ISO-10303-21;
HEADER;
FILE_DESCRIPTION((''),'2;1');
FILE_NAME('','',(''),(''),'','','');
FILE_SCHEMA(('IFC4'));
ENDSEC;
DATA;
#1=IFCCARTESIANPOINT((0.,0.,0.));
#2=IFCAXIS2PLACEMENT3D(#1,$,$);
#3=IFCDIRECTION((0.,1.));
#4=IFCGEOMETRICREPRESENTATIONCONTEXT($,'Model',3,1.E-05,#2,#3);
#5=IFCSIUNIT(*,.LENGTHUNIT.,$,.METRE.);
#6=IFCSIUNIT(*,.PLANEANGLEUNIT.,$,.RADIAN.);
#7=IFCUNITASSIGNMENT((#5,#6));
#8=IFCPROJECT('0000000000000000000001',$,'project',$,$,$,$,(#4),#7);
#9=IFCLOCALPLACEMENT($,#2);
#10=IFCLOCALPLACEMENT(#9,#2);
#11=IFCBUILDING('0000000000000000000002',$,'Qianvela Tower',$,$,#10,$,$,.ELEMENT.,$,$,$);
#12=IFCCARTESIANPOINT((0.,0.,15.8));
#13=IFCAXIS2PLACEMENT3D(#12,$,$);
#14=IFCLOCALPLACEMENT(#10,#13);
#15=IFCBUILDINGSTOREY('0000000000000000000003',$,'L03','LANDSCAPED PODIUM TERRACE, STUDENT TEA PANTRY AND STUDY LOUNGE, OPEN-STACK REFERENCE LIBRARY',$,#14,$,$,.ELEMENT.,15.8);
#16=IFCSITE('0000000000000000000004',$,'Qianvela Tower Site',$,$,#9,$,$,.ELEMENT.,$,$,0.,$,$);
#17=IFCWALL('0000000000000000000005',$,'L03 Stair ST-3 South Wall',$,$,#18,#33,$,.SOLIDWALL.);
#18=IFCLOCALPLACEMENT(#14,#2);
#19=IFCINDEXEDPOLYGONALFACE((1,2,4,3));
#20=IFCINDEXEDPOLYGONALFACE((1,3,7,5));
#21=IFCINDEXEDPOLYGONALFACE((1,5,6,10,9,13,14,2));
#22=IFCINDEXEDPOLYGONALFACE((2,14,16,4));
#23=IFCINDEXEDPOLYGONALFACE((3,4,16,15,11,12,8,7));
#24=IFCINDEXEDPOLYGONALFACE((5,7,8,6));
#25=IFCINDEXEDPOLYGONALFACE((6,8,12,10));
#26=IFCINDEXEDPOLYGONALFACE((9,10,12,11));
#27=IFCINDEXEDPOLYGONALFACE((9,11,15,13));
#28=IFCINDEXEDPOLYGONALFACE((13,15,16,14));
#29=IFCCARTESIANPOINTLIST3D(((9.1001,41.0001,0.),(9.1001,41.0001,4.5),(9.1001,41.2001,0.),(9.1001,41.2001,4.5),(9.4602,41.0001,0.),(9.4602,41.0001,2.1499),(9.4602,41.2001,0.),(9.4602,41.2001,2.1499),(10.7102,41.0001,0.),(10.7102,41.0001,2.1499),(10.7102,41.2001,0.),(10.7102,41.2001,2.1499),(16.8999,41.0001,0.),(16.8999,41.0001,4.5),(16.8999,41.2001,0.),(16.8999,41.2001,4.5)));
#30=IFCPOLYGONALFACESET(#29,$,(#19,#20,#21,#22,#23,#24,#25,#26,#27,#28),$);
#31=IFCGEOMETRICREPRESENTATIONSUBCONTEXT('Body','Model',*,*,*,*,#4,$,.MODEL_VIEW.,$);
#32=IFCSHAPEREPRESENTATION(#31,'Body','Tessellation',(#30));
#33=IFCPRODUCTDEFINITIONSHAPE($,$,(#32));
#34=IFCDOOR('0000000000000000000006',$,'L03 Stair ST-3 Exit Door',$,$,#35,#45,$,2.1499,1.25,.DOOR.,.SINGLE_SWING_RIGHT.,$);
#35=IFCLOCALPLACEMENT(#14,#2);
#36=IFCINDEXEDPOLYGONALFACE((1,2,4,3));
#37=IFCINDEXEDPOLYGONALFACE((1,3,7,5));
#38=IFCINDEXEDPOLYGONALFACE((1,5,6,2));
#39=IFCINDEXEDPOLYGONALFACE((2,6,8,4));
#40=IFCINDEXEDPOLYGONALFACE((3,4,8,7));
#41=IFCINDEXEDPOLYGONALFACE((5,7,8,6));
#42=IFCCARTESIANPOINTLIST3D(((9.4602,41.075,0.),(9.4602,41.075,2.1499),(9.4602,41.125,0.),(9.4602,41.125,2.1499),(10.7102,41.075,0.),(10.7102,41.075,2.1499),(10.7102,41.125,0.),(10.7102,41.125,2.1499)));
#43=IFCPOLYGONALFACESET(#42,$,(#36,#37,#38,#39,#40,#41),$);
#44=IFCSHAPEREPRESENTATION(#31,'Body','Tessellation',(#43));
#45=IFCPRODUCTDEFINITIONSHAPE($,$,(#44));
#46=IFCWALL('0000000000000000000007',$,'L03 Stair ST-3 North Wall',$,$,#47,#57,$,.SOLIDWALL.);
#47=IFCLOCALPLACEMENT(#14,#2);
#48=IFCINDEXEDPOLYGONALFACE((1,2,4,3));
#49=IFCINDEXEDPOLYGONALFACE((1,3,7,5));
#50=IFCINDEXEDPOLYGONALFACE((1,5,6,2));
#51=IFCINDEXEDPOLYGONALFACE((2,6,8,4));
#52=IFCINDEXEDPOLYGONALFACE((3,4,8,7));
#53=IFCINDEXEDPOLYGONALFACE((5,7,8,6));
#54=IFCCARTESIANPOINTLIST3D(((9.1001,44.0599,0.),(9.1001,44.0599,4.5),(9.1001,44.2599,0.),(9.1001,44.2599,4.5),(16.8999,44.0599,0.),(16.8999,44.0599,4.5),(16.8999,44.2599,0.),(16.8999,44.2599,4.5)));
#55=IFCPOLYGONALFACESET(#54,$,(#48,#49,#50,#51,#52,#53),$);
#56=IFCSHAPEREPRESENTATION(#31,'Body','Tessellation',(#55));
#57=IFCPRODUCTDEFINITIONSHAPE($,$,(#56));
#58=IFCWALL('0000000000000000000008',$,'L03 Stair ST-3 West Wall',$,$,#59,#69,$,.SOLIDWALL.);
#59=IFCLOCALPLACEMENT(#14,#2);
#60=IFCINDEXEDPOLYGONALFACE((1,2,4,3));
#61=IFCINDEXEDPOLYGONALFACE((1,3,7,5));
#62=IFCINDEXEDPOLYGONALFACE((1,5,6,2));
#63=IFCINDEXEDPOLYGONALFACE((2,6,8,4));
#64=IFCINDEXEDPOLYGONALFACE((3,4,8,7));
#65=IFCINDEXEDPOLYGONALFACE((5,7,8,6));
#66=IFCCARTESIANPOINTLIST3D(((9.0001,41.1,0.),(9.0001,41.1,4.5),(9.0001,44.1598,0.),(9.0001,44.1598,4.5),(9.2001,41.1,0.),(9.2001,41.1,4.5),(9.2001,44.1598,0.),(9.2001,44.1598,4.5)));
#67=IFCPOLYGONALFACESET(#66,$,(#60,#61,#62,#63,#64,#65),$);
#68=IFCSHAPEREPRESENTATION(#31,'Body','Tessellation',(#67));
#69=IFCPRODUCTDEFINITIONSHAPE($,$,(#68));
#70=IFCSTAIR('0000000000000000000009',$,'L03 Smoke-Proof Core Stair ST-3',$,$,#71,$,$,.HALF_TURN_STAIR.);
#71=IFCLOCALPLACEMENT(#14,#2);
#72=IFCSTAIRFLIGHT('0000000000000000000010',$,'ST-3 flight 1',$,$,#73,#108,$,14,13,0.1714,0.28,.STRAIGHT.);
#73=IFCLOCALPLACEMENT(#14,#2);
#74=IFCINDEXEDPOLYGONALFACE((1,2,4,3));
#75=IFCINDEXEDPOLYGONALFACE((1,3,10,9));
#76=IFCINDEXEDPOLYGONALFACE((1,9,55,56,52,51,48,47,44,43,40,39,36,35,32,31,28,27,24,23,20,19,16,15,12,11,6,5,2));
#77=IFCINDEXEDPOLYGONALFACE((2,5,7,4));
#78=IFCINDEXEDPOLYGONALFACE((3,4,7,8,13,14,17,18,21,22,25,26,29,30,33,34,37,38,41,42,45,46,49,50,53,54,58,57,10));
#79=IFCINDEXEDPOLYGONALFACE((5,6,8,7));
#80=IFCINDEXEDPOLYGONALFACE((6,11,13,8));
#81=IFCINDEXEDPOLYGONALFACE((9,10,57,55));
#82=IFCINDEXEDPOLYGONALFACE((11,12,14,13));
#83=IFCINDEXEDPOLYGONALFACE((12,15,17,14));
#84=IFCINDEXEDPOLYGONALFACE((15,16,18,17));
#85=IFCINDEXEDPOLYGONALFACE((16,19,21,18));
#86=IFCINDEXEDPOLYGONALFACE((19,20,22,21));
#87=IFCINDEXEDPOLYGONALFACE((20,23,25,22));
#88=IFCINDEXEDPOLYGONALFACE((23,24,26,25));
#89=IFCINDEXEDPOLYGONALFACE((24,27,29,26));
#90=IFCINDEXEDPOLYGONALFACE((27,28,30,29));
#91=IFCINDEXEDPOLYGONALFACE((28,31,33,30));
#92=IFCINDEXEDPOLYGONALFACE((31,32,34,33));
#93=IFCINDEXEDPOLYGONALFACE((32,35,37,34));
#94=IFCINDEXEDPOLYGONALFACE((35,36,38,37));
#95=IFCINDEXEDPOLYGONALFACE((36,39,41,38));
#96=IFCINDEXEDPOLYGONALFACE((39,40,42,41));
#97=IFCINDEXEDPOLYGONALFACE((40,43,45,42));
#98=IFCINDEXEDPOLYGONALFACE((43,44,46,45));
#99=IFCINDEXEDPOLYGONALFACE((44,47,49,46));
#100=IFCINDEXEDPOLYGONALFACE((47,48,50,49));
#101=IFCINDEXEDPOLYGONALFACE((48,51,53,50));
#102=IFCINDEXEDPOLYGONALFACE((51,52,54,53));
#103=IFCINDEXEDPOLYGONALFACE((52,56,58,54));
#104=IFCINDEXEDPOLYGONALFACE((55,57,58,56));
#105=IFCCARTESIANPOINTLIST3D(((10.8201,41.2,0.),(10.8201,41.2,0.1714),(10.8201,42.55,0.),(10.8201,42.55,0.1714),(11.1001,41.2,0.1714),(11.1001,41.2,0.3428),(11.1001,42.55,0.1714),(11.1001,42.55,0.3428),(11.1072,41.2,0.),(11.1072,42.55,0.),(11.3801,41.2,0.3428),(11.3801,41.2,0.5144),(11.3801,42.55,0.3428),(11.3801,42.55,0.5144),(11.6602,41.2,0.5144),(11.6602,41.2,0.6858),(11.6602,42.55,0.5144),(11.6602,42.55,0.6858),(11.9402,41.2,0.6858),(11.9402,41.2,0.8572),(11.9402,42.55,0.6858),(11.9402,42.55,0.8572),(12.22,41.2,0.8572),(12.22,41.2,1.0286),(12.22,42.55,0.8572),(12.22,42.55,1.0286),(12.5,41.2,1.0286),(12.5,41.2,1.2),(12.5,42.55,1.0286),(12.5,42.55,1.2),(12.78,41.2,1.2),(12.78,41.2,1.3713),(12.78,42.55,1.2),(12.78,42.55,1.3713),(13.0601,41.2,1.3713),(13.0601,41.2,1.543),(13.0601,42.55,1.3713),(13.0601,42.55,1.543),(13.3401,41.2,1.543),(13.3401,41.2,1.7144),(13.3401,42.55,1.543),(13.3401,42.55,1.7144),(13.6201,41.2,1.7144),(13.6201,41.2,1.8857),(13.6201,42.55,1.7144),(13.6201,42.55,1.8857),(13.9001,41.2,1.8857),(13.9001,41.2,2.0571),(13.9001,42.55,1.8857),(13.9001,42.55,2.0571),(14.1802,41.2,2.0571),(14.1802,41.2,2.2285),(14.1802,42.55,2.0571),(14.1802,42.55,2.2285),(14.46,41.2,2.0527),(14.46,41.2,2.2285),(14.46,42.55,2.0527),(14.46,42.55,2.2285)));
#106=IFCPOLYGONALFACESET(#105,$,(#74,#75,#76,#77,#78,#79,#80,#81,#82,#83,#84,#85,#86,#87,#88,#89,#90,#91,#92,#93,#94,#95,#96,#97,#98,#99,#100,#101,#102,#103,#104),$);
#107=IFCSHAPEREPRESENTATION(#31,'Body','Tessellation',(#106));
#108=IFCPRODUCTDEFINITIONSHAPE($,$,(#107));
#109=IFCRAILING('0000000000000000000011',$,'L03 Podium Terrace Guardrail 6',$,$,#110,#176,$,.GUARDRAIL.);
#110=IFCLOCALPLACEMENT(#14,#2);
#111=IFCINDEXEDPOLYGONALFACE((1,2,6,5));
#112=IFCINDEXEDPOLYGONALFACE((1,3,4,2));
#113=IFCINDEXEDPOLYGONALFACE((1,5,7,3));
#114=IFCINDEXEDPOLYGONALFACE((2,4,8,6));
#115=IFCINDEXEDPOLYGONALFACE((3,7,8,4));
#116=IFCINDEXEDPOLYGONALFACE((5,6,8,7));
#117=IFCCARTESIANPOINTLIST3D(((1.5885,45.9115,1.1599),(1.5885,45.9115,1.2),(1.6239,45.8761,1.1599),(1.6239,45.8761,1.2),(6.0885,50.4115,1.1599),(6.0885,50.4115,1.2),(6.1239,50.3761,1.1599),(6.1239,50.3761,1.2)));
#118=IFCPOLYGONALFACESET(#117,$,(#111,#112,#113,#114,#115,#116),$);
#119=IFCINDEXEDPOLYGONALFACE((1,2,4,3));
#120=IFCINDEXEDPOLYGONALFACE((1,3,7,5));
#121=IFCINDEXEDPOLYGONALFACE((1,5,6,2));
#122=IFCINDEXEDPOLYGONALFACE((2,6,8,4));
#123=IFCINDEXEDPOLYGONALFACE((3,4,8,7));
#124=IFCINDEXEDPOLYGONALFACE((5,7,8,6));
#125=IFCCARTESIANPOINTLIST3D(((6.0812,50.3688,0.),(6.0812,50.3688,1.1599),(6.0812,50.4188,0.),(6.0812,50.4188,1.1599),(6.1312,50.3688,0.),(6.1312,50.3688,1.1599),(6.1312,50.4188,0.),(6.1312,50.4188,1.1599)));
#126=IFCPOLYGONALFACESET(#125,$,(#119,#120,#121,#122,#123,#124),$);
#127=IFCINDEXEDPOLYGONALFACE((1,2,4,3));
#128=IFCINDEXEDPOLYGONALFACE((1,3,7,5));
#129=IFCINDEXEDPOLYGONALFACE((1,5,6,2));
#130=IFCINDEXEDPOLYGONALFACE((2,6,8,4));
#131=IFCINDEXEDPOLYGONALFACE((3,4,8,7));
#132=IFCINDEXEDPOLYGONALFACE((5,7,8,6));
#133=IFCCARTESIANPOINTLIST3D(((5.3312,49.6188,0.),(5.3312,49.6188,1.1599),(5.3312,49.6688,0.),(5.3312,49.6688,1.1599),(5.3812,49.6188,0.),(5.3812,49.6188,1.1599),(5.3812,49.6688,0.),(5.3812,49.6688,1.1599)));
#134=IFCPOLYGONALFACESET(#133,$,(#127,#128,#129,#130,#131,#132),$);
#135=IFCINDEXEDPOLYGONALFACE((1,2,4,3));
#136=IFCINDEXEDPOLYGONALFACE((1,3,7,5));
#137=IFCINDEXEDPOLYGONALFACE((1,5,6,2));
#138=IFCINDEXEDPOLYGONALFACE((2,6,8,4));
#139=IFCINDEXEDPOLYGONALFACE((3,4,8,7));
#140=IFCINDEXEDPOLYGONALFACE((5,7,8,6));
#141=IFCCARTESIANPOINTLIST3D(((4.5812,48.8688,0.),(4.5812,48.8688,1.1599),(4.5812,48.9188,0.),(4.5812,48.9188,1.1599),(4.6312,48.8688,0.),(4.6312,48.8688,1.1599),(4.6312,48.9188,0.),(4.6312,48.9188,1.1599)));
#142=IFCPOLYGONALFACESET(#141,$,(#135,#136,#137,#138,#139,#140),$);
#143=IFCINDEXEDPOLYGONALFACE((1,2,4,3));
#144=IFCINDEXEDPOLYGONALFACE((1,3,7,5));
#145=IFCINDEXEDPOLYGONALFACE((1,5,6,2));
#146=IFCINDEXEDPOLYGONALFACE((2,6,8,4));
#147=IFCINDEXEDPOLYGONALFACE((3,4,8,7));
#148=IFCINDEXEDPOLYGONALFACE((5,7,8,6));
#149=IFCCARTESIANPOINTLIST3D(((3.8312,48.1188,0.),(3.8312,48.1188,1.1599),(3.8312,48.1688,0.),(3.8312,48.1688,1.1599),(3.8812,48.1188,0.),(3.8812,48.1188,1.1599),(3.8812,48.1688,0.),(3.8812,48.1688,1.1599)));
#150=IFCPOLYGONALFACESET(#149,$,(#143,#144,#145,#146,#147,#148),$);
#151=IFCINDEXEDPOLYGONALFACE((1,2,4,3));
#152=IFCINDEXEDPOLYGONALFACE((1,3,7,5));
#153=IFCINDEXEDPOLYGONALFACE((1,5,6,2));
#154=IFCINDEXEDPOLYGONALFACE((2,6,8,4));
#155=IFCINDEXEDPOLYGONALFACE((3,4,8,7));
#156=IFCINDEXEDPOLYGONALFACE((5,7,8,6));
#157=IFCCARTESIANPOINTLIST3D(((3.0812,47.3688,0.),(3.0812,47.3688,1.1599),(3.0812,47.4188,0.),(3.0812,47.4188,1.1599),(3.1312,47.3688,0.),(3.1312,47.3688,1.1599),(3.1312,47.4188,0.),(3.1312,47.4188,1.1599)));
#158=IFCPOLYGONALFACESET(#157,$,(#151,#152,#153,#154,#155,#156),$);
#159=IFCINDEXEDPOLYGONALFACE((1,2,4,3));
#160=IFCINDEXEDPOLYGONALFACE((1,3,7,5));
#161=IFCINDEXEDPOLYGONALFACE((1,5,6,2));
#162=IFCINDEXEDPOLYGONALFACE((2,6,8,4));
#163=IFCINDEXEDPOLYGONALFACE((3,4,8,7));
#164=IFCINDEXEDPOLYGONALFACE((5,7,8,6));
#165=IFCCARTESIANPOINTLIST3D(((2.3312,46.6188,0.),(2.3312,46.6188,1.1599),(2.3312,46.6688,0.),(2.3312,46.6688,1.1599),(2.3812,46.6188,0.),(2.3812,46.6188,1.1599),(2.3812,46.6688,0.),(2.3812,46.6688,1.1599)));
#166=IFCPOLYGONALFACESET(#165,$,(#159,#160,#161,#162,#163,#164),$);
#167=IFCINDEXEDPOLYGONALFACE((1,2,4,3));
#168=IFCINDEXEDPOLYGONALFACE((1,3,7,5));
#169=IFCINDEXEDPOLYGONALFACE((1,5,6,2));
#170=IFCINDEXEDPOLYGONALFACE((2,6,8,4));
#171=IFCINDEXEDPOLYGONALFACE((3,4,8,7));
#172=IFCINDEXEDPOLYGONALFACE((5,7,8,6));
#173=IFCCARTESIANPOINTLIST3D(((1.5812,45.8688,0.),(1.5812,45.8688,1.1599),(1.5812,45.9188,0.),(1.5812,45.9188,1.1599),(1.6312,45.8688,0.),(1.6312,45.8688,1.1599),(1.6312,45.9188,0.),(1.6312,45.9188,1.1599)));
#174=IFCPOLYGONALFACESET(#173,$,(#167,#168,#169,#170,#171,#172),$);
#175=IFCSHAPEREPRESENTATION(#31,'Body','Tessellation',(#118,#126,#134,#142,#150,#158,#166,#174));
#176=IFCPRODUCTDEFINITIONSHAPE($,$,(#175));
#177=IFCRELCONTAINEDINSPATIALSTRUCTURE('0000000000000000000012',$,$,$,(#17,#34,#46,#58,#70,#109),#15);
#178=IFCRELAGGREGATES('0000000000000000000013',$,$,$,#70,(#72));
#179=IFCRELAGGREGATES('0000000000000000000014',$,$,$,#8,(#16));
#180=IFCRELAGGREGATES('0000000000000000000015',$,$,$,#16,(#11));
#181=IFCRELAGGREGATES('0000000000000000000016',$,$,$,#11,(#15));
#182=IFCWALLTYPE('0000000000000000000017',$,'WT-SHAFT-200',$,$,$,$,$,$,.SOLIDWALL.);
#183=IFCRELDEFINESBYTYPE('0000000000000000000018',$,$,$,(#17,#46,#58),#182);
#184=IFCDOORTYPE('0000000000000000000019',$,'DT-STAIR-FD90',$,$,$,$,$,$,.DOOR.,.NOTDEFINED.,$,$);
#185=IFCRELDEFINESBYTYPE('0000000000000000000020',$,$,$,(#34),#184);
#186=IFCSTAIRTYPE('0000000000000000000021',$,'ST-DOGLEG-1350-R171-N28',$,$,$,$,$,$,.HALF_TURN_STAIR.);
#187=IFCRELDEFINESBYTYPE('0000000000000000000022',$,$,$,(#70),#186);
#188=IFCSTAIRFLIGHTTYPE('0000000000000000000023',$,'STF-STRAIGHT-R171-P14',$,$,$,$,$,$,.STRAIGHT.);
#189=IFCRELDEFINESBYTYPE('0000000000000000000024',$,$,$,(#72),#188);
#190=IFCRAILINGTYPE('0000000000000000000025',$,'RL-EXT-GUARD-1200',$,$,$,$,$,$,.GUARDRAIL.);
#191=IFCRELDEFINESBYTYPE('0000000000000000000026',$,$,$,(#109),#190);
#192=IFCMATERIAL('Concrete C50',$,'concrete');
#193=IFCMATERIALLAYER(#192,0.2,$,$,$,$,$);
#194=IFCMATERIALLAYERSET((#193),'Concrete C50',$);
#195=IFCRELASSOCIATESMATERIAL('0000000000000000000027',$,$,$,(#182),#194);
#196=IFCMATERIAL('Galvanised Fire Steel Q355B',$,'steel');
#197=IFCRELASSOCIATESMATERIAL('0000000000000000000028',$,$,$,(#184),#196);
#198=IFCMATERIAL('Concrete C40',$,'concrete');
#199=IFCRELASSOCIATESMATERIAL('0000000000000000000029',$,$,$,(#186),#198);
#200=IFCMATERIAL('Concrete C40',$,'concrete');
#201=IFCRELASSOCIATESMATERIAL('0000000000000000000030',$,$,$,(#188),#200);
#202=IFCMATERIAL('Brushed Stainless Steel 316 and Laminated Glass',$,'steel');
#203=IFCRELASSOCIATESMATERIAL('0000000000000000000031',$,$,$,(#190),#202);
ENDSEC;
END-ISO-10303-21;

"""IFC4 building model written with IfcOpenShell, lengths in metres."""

from ifc_helpers import new_model, si_unit, direction, frame, frame_2d, origin, origin_2d, place, context, subcontext, project, spatial, polyline, rectangle, outline, extrude, material, layer, layer_set, type_object, element, fill, aggregate, save


model = new_model("IFC4")

# Units and contexts
model_context = context("Model", 3, precision=1e-05, world=origin(), true_north=direction((0.0, 1.0)))
body_context = subcontext(model_context, "Body", "Model", "MODEL_VIEW")
ifc_project = project(units=[si_unit("LENGTHUNIT", "METRE"), si_unit("PLANEANGLEUNIT", "RADIAN")], contexts=[model_context])

# Site, building, storey
site_placement = place(None, origin())
site = spatial("IfcSite", under=ifc_project, at=site_placement, Name="Qianvela Tower Site", CompositionType="ELEMENT", RefElevation=0.0)
building_placement = place(site_placement, origin())
building = spatial("IfcBuilding", under=site, at=building_placement, Name="Qianvela Tower", CompositionType="ELEMENT")
storey_placement = place(building_placement, frame((0.0, 0.0, 15.8)))
storey = spatial("IfcBuildingStorey", under=building, at=storey_placement, Name="L03", Description="LANDSCAPED PODIUM TERRACE, STUDENT TEA PANTRY AND STUDY LOUNGE, OPEN-STACK REFERENCE LIBRARY", CompositionType="ELEMENT", Elevation=15.8)

# Wall, opening, door
ifc_material_1 = material(Name="Concrete C50", Category="concrete")
ifc_layer_1 = layer(ifc_material_1, 0.2)
ifc_layer_set_1 = layer_set([ifc_layer_1], Name="Concrete C50")
wall_type_1 = type_object("IfcWallType", Name="WT-SHAFT-200", PredefinedType="SOLIDWALL", material=ifc_layer_set_1)
wall_1_placement = place(storey_placement, frame((9.1001, 41.1001, 0.0), z_axis=(0.0, 0.0, 1.0), x_axis=(1.0, 0.0, 0.0)))
wall_1 = element("IfcWall", 1, at=wall_1_placement, inside=storey, type_object=wall_type_1, Name="L03 Stair ST-3 South Wall", PredefinedType="SOLIDWALL", context=body_context, shape_type="SweptSolid", body=[
    extrude(rectangle(XDim=7.7998, YDim=0.2, at=frame_2d((3.8999, 0.0))), origin(), (0.0, 0.0, 1.0), 4.5),
])
opening_1_placement = place(wall_1_placement, frame((0.3601, 0.0, 0.0)))
opening_1 = element("IfcOpeningElement", 2, at=opening_1_placement, cuts=wall_1, PredefinedType="OPENING", context=body_context, shape_type="SweptSolid", body=[
    extrude(rectangle(XDim=1.25, YDim=2.1499, at=frame_2d((0.625, 1.075))), frame((0.0, 0.1099, 0.0), z_axis=(0.0, -1.0, 0.0), x_axis=(1.0, 0.0, 0.0)), (0.0, 0.0, 1.0), 0.22),
])
ifc_material_2 = material(Name="Galvanised Fire Steel Q355B", Category="steel")
door_type_1 = type_object("IfcDoorType", Name="DT-STAIR-FD90", OperationType="NOTDEFINED", PredefinedType="DOOR", material=ifc_material_2)
door_1_placement = place(opening_1_placement, origin())
door_1 = element("IfcDoor", 3, at=door_1_placement, inside=storey, type_object=door_type_1, Name="L03 Stair ST-3 Exit Door", OperationType="SINGLE_SWING_RIGHT", OverallHeight=2.1499, OverallWidth=1.25, PredefinedType="DOOR", context=body_context, shape_type="SweptSolid", body=[
    extrude(rectangle(XDim=1.25, YDim=2.1499, at=frame_2d((0.625, 1.075))), frame((0.0, 0.0249, 0.0), z_axis=(0.0, -1.0, 0.0), x_axis=(1.0, 0.0, 0.0)), (0.0, 0.0, 1.0), 0.05),
])
fill(opening_1, door_1)

# Walls
wall_2_placement = place(storey_placement, frame((9.1001, 44.1599, 0.0), z_axis=(0.0, 0.0, 1.0), x_axis=(1.0, 0.0, 0.0)))
element("IfcWall", 4, at=wall_2_placement, inside=storey, type_object=wall_type_1, Name="L03 Stair ST-3 North Wall", PredefinedType="SOLIDWALL", context=body_context, shape_type="SweptSolid", body=[
    extrude(rectangle(XDim=7.7998, YDim=0.2, at=frame_2d((3.8999, 0.0))), origin(), (0.0, 0.0, 1.0), 4.5),
])
wall_3_placement = place(storey_placement, frame((9.1001, 41.1001, 0.0), z_axis=(0.0, 0.0, 1.0), x_axis=(0.0, 1.0, 0.0)))
element("IfcWall", 5, at=wall_3_placement, inside=storey, type_object=wall_type_1, Name="L03 Stair ST-3 West Wall", PredefinedType="SOLIDWALL", context=body_context, shape_type="SweptSolid", body=[
    extrude(rectangle(XDim=3.0598, YDim=0.2, at=frame_2d((1.5298, 0.0))), origin(), (0.0, 0.0, 1.0), 4.5),
])

# Stair, stair flight
ifc_material_3 = material(Name="Concrete C40", Category="concrete")
stair_type = type_object("IfcStairType", Name="ST-DOGLEG-1350-R171-N28", PredefinedType="HALF_TURN_STAIR", material=ifc_material_3)
stair_placement = place(storey_placement, origin())
stair = element("IfcStair", 6, at=stair_placement, inside=storey, type_object=stair_type, Name="L03 Smoke-Proof Core Stair ST-3", PredefinedType="HALF_TURN_STAIR")
ifc_material_4 = material(Name="Concrete C40", Category="concrete")
stair_flight_type = type_object("IfcStairFlightType", Name="STF-STRAIGHT-R171-P14", PredefinedType="STRAIGHT", material=ifc_material_4)
stair_flight_placement = place(storey_placement, frame((10.8201, 41.875, 0.0), z_axis=(0.0, 0.0, 1.0), x_axis=(1.0, 0.0, 0.0)))
stair_flight = element("IfcStairFlight", 7, at=stair_flight_placement, type_object=stair_flight_type, Name="ST-3 flight 1", NumberOfRisers=14, NumberOfTreads=13, PredefinedType="STRAIGHT", RiserHeight=0.1714, TreadLength=0.28, context=body_context, shape_type="SweptSolid", body=[
    extrude(outline(polyline([(0.0, 0.0), (0.0, 0.1714), (0.28, 0.1714), (0.28, 0.3428), (0.5601, 0.3428), (0.5601, 0.5144), (0.8401, 0.5144), (0.8401, 0.6858), (1.1201, 0.6858), (1.1201, 0.8572), (1.3999, 0.8572), (1.3999, 1.0286), (1.6799, 1.0286), (1.6799, 1.2), (1.96, 1.2), (1.96, 1.3713), (2.24, 1.3713), (2.24, 1.543), (2.52, 1.543), (2.52, 1.7144), (2.8, 1.7144), (2.8, 1.8857), (3.0801, 1.8857), (3.0801, 2.0571), (3.3601, 2.0571), (3.3601, 2.2285), (3.6399, 2.2285), (3.6399, 2.3999), (3.6399, 2.0527), (0.2871, 0.0), (0.0, 0.0)])), frame((0.0, 0.675, 0.0), z_axis=(0.0, -1.0, 0.0), x_axis=(1.0, 0.0, 0.0)), (0.0, 0.0, 1.0), 1.3501),
])
aggregate(stair, [stair_flight])

# Railing
ifc_material_5 = material(Name="Brushed Stainless Steel 316 and Laminated Glass", Category="steel")
railing_type_1 = type_object("IfcRailingType", Name="RL-EXT-GUARD-1200", PredefinedType="GUARDRAIL", material=ifc_material_5)
railing_1_placement = place(storey_placement, frame((6.1062, 50.3938, 0.0)))
element("IfcRailing", 8, at=railing_1_placement, inside=storey, type_object=railing_type_1, Name="L03 Podium Terrace Guardrail 6", PredefinedType="GUARDRAIL", context=body_context, shape_type="SweptSolid", body=[
    extrude(rectangle(XDim=0.05, YDim=0.04, at=origin_2d()), frame((0.0, 0.0, 1.1799), z_axis=(-0.707107, -0.707107, 0.0), x_axis=(0.707107, -0.707107, 0.0)), (0.0, 0.0, 1.0), 6.364),
    extrude(rectangle(XDim=0.05, YDim=0.05, at=origin_2d()), origin(), (0.0, 0.0, 1.0), 1.1599),
    extrude(rectangle(XDim=0.05, YDim=0.05, at=origin_2d()), frame((-0.75, -0.75, 0.0)), (0.0, 0.0, 1.0), 1.1599),
    extrude(rectangle(XDim=0.05, YDim=0.05, at=origin_2d()), frame((-1.5, -1.5, 0.0)), (0.0, 0.0, 1.0), 1.1599),
    extrude(rectangle(XDim=0.05, YDim=0.05, at=origin_2d()), frame((-2.25, -2.25, 0.0)), (0.0, 0.0, 1.0), 1.1599),
    extrude(rectangle(XDim=0.05, YDim=0.05, at=origin_2d()), frame((-3.0, -3.0, 0.0)), (0.0, 0.0, 1.0), 1.1599),
    extrude(rectangle(XDim=0.05, YDim=0.05, at=origin_2d()), frame((-3.75, -3.75, 0.0)), (0.0, 0.0, 1.0), 1.1599),
    extrude(rectangle(XDim=0.05, YDim=0.05, at=origin_2d()), frame((-4.5, -4.5, 0.0)), (0.0, 0.0, 1.0), 1.1599),
])

save(model, "model.ifc")
